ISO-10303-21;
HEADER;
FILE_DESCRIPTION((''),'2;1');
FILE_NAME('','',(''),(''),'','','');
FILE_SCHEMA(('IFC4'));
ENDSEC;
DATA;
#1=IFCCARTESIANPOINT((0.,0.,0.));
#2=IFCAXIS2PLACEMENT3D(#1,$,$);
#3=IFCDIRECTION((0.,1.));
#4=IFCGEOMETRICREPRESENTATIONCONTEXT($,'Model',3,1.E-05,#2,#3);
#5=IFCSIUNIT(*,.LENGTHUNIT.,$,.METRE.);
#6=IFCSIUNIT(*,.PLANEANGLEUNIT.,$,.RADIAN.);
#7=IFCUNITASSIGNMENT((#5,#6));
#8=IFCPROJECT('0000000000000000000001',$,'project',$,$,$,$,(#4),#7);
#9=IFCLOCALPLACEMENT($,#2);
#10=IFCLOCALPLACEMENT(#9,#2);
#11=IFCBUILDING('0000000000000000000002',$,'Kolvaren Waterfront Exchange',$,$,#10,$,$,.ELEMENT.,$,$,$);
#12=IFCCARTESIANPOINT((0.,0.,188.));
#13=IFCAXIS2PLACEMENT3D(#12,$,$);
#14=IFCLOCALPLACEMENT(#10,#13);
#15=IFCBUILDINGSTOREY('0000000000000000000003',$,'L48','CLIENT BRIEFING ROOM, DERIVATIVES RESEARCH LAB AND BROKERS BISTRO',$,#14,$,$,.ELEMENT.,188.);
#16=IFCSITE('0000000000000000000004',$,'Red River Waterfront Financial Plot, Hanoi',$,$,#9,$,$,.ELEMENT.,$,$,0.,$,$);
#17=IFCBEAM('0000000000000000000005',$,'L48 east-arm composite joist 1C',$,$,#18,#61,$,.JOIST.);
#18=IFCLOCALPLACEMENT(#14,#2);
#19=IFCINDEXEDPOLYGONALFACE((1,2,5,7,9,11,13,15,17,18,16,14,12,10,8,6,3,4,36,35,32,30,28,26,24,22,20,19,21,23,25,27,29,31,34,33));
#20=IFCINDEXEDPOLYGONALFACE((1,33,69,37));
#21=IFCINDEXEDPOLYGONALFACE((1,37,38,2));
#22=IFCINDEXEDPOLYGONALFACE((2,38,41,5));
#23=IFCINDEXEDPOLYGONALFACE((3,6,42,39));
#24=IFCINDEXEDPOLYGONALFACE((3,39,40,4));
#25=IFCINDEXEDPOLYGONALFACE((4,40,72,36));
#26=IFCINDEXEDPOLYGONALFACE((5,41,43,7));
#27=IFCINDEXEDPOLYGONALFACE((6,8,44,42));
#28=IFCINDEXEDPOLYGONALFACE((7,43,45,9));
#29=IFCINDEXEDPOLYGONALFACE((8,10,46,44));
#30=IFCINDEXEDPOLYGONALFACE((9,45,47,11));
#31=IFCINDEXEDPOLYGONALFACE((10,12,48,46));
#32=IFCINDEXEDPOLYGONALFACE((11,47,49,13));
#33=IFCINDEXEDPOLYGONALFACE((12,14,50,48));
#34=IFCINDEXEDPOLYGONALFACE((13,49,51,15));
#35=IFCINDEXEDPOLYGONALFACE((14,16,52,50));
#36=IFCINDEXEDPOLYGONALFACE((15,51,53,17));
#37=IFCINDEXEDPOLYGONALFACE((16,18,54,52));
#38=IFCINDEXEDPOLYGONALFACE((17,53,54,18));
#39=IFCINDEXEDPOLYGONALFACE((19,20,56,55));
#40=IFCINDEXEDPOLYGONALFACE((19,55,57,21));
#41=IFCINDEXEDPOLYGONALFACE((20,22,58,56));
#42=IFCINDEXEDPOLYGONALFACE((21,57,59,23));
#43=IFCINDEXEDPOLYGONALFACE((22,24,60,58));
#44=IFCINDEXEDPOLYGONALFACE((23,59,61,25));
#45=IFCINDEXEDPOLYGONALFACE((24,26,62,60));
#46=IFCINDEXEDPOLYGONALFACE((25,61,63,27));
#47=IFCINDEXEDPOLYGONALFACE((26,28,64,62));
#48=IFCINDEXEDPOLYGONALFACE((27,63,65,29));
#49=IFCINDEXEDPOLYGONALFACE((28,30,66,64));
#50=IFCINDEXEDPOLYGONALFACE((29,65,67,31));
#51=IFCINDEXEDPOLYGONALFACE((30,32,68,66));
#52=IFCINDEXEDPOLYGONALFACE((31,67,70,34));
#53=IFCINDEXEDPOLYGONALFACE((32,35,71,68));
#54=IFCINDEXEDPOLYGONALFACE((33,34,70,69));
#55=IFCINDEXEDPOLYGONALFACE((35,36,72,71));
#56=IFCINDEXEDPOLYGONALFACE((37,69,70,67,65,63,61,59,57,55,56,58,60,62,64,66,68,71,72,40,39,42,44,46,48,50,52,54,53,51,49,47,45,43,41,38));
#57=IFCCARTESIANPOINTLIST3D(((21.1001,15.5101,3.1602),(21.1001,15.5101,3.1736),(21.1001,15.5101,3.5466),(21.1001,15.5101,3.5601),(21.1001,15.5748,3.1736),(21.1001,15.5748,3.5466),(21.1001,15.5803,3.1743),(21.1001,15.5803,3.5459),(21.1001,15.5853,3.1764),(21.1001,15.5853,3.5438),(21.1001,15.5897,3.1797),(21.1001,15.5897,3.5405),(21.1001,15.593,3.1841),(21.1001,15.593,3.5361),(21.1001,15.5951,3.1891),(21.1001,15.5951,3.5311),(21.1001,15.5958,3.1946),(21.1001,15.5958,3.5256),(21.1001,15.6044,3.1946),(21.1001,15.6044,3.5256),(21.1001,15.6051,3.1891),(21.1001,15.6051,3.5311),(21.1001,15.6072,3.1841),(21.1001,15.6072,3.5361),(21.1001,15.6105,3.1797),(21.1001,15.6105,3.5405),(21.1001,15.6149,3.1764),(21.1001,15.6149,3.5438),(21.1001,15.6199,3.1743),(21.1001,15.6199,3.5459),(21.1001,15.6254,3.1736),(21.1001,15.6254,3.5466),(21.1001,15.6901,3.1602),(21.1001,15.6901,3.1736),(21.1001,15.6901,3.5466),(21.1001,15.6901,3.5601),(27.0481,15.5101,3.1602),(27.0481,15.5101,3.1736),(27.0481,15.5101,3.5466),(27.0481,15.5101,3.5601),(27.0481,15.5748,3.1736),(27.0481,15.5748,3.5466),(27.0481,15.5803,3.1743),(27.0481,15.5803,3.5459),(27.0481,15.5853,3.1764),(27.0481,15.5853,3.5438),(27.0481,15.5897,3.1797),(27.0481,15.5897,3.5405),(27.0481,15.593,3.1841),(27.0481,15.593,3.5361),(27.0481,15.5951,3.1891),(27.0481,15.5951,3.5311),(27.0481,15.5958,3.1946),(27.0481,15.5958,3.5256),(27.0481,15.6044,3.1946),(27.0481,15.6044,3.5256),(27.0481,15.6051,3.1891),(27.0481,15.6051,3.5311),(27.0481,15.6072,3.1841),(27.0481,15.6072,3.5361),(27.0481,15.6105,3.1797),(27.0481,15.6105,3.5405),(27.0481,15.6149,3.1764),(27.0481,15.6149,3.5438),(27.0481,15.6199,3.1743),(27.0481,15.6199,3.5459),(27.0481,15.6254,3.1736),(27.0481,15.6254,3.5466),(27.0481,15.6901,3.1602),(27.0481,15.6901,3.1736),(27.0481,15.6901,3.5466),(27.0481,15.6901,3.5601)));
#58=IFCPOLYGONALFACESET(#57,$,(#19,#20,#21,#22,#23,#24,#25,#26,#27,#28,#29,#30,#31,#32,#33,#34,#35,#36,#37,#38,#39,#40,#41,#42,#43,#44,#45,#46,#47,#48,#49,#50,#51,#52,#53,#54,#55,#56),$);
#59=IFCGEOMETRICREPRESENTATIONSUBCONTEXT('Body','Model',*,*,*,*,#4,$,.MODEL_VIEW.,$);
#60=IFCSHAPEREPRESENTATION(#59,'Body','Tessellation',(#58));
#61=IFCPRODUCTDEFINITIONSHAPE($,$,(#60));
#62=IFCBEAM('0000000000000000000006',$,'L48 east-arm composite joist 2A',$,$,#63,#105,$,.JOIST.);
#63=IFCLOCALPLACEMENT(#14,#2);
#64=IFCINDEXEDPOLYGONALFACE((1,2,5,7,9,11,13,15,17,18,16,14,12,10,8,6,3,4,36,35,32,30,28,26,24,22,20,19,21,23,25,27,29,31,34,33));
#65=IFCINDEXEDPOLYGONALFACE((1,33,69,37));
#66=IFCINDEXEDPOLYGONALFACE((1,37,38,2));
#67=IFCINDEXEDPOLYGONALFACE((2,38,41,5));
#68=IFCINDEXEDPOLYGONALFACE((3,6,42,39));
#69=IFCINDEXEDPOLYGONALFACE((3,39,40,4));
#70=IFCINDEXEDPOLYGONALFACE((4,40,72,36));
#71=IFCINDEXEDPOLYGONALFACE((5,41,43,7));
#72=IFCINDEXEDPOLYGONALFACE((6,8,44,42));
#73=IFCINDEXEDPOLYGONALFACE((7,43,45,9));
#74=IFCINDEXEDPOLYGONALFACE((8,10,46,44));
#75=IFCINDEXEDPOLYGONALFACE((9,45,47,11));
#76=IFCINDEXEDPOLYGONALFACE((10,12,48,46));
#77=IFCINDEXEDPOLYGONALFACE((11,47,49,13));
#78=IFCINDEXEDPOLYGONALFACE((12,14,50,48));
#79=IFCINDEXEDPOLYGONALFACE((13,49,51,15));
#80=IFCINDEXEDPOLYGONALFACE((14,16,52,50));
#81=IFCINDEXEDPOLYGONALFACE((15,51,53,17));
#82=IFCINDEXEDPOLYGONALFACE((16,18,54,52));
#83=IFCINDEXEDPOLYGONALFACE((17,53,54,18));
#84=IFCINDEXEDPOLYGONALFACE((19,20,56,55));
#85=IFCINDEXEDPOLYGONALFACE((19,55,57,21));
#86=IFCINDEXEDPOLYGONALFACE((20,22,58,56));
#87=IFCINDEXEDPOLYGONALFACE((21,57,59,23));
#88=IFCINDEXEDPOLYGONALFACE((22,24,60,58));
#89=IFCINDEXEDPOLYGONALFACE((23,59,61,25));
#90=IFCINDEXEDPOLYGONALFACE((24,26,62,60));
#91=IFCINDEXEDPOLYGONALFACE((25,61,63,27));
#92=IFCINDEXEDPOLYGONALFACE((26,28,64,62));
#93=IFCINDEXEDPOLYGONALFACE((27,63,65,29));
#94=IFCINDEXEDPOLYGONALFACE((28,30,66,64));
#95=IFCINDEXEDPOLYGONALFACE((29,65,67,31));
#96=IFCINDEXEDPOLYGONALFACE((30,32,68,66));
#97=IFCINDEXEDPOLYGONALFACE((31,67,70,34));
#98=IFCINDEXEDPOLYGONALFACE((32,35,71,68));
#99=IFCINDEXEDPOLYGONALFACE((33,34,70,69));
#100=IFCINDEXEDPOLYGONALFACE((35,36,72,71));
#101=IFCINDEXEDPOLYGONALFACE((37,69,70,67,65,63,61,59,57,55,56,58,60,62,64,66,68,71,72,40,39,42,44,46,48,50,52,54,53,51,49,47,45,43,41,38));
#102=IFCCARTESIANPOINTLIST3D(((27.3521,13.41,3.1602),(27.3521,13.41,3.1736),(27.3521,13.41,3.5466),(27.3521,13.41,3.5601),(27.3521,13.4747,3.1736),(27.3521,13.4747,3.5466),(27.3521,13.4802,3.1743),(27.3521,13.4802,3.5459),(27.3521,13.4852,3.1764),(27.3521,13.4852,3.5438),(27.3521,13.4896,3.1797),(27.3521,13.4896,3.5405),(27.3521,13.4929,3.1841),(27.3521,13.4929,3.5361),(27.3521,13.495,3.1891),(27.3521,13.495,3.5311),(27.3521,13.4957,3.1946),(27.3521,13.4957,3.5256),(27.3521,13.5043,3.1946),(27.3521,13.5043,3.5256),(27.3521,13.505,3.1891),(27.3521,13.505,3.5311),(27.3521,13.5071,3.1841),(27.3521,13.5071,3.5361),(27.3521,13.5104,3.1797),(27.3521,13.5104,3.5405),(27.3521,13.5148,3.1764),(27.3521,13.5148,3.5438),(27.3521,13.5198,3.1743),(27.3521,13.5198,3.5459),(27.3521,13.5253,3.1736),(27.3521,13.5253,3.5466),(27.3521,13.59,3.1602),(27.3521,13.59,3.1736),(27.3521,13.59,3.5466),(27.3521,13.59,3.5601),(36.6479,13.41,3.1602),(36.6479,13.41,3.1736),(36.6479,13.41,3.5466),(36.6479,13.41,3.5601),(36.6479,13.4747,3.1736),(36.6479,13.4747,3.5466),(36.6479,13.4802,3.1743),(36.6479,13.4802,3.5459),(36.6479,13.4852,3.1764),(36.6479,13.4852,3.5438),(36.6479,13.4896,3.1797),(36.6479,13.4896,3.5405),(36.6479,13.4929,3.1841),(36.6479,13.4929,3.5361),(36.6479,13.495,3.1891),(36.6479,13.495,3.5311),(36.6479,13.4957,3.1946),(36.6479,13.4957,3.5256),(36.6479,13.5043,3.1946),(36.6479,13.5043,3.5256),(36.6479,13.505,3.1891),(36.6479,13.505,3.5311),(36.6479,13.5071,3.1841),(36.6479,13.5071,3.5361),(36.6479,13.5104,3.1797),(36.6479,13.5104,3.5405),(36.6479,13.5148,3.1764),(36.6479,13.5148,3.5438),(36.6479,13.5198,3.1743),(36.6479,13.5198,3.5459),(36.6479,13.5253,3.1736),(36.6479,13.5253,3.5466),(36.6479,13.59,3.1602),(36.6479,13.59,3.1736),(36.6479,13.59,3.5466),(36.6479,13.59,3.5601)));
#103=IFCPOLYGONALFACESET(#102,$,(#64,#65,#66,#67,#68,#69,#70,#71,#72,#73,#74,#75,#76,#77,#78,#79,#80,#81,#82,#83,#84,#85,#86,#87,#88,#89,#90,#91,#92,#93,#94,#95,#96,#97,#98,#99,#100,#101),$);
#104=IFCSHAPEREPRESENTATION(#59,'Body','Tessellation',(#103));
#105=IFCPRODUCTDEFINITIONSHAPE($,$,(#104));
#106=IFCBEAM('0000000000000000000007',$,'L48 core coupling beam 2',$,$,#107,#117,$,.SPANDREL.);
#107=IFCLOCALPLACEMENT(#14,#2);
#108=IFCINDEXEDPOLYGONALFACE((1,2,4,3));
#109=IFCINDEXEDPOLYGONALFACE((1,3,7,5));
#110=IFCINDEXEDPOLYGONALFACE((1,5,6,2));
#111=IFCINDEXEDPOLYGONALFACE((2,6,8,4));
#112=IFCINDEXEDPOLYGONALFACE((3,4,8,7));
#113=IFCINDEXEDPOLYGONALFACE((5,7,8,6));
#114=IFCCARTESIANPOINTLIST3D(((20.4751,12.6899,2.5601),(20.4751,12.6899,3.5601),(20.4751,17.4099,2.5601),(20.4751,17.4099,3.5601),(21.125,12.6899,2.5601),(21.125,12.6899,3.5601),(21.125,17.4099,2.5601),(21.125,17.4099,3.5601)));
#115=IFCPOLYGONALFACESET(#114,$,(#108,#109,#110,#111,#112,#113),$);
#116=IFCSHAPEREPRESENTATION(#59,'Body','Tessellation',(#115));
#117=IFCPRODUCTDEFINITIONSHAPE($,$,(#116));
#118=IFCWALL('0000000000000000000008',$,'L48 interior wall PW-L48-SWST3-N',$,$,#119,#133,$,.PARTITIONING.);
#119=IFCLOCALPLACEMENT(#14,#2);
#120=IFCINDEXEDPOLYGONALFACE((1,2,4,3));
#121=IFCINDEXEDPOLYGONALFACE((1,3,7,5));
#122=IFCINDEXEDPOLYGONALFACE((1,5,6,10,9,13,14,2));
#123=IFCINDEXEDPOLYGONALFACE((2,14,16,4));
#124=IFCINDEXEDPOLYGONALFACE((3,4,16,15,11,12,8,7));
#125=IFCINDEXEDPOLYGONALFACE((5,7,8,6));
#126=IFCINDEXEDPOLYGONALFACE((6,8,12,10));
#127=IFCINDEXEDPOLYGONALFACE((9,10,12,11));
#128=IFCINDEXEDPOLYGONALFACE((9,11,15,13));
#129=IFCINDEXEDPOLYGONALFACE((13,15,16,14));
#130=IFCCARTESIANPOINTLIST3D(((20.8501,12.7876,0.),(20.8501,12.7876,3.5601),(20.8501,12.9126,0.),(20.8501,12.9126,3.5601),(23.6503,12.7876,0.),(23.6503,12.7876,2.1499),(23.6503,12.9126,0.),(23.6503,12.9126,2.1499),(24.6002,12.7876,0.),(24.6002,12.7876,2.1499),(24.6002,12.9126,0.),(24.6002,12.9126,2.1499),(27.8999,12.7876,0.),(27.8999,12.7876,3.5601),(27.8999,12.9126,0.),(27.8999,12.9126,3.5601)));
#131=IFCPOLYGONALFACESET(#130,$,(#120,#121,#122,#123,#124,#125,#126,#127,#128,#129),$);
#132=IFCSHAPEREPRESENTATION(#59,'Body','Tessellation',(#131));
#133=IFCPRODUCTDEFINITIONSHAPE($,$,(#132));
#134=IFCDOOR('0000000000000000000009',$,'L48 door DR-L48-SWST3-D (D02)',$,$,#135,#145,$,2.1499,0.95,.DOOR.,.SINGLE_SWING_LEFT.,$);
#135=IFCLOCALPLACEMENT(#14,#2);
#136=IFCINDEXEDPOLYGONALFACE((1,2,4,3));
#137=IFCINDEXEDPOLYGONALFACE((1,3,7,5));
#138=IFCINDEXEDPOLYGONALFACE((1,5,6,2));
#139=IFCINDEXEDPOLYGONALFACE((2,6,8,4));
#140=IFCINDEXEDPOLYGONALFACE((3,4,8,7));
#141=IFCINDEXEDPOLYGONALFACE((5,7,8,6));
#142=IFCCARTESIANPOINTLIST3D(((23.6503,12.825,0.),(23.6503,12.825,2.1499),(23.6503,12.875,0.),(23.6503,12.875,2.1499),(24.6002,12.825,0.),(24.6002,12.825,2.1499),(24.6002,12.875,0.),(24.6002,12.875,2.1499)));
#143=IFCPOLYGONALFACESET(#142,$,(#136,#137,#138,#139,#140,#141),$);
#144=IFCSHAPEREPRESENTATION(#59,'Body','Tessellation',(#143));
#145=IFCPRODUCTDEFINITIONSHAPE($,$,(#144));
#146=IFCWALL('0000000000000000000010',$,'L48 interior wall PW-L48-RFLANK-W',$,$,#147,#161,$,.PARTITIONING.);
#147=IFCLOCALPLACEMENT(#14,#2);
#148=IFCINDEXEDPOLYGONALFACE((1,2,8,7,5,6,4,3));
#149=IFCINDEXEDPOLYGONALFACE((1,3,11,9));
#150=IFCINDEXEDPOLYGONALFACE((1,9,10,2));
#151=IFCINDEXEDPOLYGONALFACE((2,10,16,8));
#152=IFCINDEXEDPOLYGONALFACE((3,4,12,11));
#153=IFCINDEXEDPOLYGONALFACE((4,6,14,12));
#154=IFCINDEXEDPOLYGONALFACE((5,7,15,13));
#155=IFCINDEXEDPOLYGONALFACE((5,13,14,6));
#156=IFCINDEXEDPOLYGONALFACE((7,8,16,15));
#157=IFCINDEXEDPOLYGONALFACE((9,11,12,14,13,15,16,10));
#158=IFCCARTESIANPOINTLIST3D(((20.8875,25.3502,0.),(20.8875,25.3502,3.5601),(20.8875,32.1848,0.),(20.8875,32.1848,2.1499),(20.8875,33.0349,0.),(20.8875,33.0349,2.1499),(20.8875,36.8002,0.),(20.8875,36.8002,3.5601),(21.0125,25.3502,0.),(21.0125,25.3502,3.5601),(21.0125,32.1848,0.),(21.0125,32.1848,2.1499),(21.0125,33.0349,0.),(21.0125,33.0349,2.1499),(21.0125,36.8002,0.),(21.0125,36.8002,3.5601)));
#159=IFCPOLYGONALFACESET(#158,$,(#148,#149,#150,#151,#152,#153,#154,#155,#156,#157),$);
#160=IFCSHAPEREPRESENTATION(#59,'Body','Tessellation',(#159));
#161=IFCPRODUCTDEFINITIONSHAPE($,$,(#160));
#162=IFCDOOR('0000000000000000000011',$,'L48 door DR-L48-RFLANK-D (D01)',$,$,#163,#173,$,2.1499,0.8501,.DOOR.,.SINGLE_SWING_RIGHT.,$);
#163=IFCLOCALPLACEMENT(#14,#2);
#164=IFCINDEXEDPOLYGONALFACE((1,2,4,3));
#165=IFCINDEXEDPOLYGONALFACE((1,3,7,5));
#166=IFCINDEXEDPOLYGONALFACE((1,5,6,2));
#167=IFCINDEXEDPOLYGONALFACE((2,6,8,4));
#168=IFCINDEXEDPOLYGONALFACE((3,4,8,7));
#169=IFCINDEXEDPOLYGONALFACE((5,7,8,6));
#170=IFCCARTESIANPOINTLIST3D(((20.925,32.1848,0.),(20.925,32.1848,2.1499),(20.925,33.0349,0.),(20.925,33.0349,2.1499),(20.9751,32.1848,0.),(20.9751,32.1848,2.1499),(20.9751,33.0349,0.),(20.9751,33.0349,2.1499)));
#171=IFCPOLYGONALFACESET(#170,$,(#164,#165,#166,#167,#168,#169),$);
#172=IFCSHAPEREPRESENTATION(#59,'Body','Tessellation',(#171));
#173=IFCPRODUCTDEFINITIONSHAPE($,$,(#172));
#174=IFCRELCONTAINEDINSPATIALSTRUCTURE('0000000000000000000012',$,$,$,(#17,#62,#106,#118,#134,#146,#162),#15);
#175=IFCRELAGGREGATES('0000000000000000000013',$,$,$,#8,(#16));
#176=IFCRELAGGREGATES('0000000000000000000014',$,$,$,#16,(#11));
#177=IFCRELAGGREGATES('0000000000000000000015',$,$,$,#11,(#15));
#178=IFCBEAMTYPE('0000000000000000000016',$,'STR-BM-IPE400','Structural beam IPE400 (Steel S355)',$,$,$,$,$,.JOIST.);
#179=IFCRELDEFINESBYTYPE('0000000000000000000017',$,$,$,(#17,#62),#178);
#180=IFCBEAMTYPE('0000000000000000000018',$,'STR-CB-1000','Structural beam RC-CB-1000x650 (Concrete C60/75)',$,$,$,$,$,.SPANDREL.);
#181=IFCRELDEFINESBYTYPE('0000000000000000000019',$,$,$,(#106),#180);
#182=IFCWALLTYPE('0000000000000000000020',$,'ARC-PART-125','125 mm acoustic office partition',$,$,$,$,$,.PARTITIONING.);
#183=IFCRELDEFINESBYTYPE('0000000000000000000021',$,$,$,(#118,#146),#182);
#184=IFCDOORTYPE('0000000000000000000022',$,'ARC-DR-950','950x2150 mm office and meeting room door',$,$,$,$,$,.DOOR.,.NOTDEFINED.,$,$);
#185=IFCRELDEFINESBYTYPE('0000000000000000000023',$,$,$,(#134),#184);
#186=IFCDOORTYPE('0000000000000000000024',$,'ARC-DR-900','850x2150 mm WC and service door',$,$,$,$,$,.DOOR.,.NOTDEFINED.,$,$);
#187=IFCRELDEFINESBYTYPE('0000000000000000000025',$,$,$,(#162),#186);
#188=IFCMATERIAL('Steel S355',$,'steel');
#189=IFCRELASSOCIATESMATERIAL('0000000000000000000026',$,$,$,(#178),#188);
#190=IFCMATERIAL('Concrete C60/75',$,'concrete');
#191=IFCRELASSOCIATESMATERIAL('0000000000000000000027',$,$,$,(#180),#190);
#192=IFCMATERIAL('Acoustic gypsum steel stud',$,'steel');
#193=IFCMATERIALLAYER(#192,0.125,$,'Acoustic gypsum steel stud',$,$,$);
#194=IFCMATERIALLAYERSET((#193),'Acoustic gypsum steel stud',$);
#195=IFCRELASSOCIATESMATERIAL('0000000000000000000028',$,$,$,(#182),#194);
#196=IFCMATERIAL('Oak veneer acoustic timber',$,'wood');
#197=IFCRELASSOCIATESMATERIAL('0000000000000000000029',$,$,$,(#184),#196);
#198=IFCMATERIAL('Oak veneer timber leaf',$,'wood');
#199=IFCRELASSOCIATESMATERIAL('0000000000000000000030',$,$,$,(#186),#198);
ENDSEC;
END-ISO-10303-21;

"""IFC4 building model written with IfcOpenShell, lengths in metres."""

from ifc_helpers import new_model, si_unit, direction, frame, frame_2d, origin, origin_2d, place, context, subcontext, project, spatial, rectangle, i_section, extrude, material, layer, layer_set, material_profile, profile_set, type_object, element, fill, save


model = new_model("IFC4")

# Units and contexts
model_context = context("Model", 3, precision=1e-05, world=origin(), true_north=direction((0.0, 1.0)))
body_context = subcontext(model_context, "Body", "Model", "MODEL_VIEW")
ifc_project = project(units=[si_unit("LENGTHUNIT", "METRE"), si_unit("PLANEANGLEUNIT", "RADIAN")], contexts=[model_context])

# Site, building, storey
site_placement = place(None, origin())
site = spatial("IfcSite", under=ifc_project, at=site_placement, Name="Red River Waterfront Financial Plot, Hanoi", CompositionType="ELEMENT", RefElevation=0.0)
building_placement = place(site_placement, origin())
building = spatial("IfcBuilding", under=site, at=building_placement, Name="Kolvaren Waterfront Exchange", CompositionType="ELEMENT")
storey_placement = place(building_placement, frame((0.0, 0.0, 188.0)))
storey = spatial("IfcBuildingStorey", under=building, at=storey_placement, Name="L48", Description="CLIENT BRIEFING ROOM, DERIVATIVES RESEARCH LAB AND BROKERS BISTRO", CompositionType="ELEMENT", Elevation=188.0)

# Shared definitions
ifc_material_1 = material(Name="Concrete C60/75", Category="concrete")

# Beams
ifc_material_2 = material(Name="Steel S355", Category="steel")
ifc_material_profile_1 = material_profile(ifc_material_2, i_section(OverallWidth=0.1799, OverallDepth=0.3999, WebThickness=0.0085, FlangeThickness=0.0134, FilletRadius=0.021, at=origin_2d()), Name="IPE400")
ifc_profile_set_1 = profile_set([ifc_material_profile_1], Name="Steel S355")
beam_type_1 = type_object("IfcBeamType", Name="STR-BM-IPE400", Description="Structural beam IPE400 (Steel S355)", PredefinedType="JOIST", material=ifc_profile_set_1)
for number, where, z_axis, x_axis, name in (
    (1, (21.1001, 15.6001, 3.3601), (1.0, 0.0, 0.0), (0.0, 1.0, 0.0), "L48 east-arm composite joist 1C"),
):
    element("IfcBeam", number, at=place(storey_placement, frame(where, z_axis=z_axis, x_axis=x_axis)), inside=storey, type_object=beam_type_1, Name=name, PredefinedType="JOIST", context=body_context, shape_type="SweptSolid", body=[
        extrude(i_section(OverallWidth=0.1799, OverallDepth=0.3999, WebThickness=0.0085, FlangeThickness=0.0134, FilletRadius=0.021, at=origin_2d()), origin(), (0.0, 0.0, 1.0), 5.948),
    ])
beam_1_placement = place(storey_placement, frame((27.3521, 13.5, 3.3601), z_axis=(1.0, 0.0, 0.0), x_axis=(0.0, 1.0, 0.0)))
element("IfcBeam", 2, at=beam_1_placement, inside=storey, type_object=beam_type_1, Name="L48 east-arm composite joist 2A", PredefinedType="JOIST", context=body_context, shape_type="SweptSolid", body=[
    extrude(i_section(OverallWidth=0.1799, OverallDepth=0.3999, WebThickness=0.0085, FlangeThickness=0.0134, FilletRadius=0.021, at=origin_2d()), origin(), (0.0, 0.0, 1.0), 9.2959),
])
ifc_material_profile_2 = material_profile(ifc_material_1, rectangle(XDim=0.6499, YDim=1.0, at=origin_2d()), Name="RC-CB-1000x650")
ifc_profile_set_2 = profile_set([ifc_material_profile_2], Name="Concrete C60/75")
beam_type_2 = type_object("IfcBeamType", Name="STR-CB-1000", Description="Structural beam RC-CB-1000x650 (Concrete C60/75)", PredefinedType="SPANDREL", material=ifc_profile_set_2)
beam_2_placement = place(storey_placement, frame((20.8, 12.6899, 3.0601), z_axis=(0.0, 1.0, 0.0), x_axis=(-1.0, 0.0, 0.0)))
element("IfcBeam", 3, at=beam_2_placement, inside=storey, type_object=beam_type_2, Name="L48 core coupling beam 2", PredefinedType="SPANDREL", context=body_context, shape_type="SweptSolid", body=[
    extrude(rectangle(XDim=0.6499, YDim=1.0, at=origin_2d()), origin(), (0.0, 0.0, 1.0), 4.72),
])

# Walls, openings, doors
ifc_material_3 = material(Name="Acoustic gypsum steel stud", Category="steel")
ifc_layer_1 = layer(ifc_material_3, 0.125, Name="Acoustic gypsum steel stud")
ifc_layer_set_1 = layer_set([ifc_layer_1], Name="Acoustic gypsum steel stud")
wall_type_1 = type_object("IfcWallType", Name="ARC-PART-125", Description="125 mm acoustic office partition", PredefinedType="PARTITIONING", material=ifc_layer_set_1)
wall_1_placement = place(storey_placement, frame((20.8501, 12.8501, 0.0), z_axis=(0.0, 0.0, 1.0), x_axis=(1.0, 0.0, 0.0)))
wall_1 = element("IfcWall", 4, at=wall_1_placement, inside=storey, type_object=wall_type_1, Name="L48 interior wall PW-L48-SWST3-N", PredefinedType="PARTITIONING", context=body_context, shape_type="SweptSolid", body=[
    extrude(rectangle(XDim=7.0498, YDim=0.125, at=frame_2d((3.5249, 0.0))), origin(), (0.0, 0.0, 1.0), 3.5601),
])
opening_1_placement = place(wall_1_placement, frame((2.8, 0.0, 0.0)))
opening_1 = element("IfcOpeningElement", 5, at=opening_1_placement, cuts=wall_1, PredefinedType="OPENING", context=body_context, shape_type="SweptSolid", body=[
    extrude(rectangle(XDim=0.95, YDim=2.1499, at=frame_2d((0.4751, 1.075))), frame((0.0, 0.0725, 0.0), z_axis=(0.0, -1.0, 0.0), x_axis=(1.0, 0.0, 0.0)), (0.0, 0.0, 1.0), 0.145),
])
ifc_material_4 = material(Name="Oak veneer acoustic timber", Category="wood")
door_type_1 = type_object("IfcDoorType", Name="ARC-DR-950", Description="950x2150 mm office and meeting room door", OperationType="NOTDEFINED", PredefinedType="DOOR", material=ifc_material_4)
door_1_placement = place(opening_1_placement, origin())
door_1 = element("IfcDoor", 6, at=door_1_placement, inside=storey, type_object=door_type_1, Name="L48 door DR-L48-SWST3-D (D02)", OperationType="SINGLE_SWING_LEFT", OverallHeight=2.1499, OverallWidth=0.95, PredefinedType="DOOR", context=body_context, shape_type="SweptSolid", body=[
    extrude(rectangle(XDim=0.95, YDim=2.1499, at=frame_2d((0.4751, 1.075))), frame((0.0, 0.0249, 0.0), z_axis=(0.0, -1.0, 0.0), x_axis=(1.0, 0.0, 0.0)), (0.0, 0.0, 1.0), 0.05),
])
fill(opening_1, door_1)
wall_2_placement = place(storey_placement, frame((20.95, 25.3501, 0.0), z_axis=(0.0, 0.0, 1.0), x_axis=(0.0, 1.0, 0.0)))
wall_2 = element("IfcWall", 7, at=wall_2_placement, inside=storey, type_object=wall_type_1, Name="L48 interior wall PW-L48-RFLANK-W", PredefinedType="PARTITIONING", context=body_context, shape_type="SweptSolid", body=[
    extrude(rectangle(XDim=11.45, YDim=0.125, at=frame_2d((5.7251, 0.0))), origin(), (0.0, 0.0, 1.0), 3.5601),
])
opening_2_placement = place(wall_2_placement, frame((6.8347, 0.0, 0.0)))
opening_2 = element("IfcOpeningElement", 8, at=opening_2_placement, cuts=wall_2, PredefinedType="OPENING", context=body_context, shape_type="SweptSolid", body=[
    extrude(rectangle(XDim=0.8501, YDim=2.1499, at=frame_2d((0.425, 1.075))), frame((0.0, 0.0725, 0.0), z_axis=(0.0, -1.0, 0.0), x_axis=(1.0, 0.0, 0.0)), (0.0, 0.0, 1.0), 0.145),
])
ifc_material_5 = material(Name="Oak veneer timber leaf", Category="wood")
door_type_2 = type_object("IfcDoorType", Name="ARC-DR-900", Description="850x2150 mm WC and service door", OperationType="NOTDEFINED", PredefinedType="DOOR", material=ifc_material_5)
door_2_placement = place(opening_2_placement, origin())
door_2 = element("IfcDoor", 9, at=door_2_placement, inside=storey, type_object=door_type_2, Name="L48 door DR-L48-RFLANK-D (D01)", OperationType="SINGLE_SWING_RIGHT", OverallHeight=2.1499, OverallWidth=0.8501, PredefinedType="DOOR", context=body_context, shape_type="SweptSolid", body=[
    extrude(rectangle(XDim=0.8501, YDim=2.1499, at=frame_2d((0.425, 1.075))), frame((0.0, 0.0249, 0.0), z_axis=(0.0, -1.0, 0.0), x_axis=(1.0, 0.0, 0.0)), (0.0, 0.0, 1.0), 0.05),
])
fill(opening_2, door_2)

save(model, "model.ifc")
